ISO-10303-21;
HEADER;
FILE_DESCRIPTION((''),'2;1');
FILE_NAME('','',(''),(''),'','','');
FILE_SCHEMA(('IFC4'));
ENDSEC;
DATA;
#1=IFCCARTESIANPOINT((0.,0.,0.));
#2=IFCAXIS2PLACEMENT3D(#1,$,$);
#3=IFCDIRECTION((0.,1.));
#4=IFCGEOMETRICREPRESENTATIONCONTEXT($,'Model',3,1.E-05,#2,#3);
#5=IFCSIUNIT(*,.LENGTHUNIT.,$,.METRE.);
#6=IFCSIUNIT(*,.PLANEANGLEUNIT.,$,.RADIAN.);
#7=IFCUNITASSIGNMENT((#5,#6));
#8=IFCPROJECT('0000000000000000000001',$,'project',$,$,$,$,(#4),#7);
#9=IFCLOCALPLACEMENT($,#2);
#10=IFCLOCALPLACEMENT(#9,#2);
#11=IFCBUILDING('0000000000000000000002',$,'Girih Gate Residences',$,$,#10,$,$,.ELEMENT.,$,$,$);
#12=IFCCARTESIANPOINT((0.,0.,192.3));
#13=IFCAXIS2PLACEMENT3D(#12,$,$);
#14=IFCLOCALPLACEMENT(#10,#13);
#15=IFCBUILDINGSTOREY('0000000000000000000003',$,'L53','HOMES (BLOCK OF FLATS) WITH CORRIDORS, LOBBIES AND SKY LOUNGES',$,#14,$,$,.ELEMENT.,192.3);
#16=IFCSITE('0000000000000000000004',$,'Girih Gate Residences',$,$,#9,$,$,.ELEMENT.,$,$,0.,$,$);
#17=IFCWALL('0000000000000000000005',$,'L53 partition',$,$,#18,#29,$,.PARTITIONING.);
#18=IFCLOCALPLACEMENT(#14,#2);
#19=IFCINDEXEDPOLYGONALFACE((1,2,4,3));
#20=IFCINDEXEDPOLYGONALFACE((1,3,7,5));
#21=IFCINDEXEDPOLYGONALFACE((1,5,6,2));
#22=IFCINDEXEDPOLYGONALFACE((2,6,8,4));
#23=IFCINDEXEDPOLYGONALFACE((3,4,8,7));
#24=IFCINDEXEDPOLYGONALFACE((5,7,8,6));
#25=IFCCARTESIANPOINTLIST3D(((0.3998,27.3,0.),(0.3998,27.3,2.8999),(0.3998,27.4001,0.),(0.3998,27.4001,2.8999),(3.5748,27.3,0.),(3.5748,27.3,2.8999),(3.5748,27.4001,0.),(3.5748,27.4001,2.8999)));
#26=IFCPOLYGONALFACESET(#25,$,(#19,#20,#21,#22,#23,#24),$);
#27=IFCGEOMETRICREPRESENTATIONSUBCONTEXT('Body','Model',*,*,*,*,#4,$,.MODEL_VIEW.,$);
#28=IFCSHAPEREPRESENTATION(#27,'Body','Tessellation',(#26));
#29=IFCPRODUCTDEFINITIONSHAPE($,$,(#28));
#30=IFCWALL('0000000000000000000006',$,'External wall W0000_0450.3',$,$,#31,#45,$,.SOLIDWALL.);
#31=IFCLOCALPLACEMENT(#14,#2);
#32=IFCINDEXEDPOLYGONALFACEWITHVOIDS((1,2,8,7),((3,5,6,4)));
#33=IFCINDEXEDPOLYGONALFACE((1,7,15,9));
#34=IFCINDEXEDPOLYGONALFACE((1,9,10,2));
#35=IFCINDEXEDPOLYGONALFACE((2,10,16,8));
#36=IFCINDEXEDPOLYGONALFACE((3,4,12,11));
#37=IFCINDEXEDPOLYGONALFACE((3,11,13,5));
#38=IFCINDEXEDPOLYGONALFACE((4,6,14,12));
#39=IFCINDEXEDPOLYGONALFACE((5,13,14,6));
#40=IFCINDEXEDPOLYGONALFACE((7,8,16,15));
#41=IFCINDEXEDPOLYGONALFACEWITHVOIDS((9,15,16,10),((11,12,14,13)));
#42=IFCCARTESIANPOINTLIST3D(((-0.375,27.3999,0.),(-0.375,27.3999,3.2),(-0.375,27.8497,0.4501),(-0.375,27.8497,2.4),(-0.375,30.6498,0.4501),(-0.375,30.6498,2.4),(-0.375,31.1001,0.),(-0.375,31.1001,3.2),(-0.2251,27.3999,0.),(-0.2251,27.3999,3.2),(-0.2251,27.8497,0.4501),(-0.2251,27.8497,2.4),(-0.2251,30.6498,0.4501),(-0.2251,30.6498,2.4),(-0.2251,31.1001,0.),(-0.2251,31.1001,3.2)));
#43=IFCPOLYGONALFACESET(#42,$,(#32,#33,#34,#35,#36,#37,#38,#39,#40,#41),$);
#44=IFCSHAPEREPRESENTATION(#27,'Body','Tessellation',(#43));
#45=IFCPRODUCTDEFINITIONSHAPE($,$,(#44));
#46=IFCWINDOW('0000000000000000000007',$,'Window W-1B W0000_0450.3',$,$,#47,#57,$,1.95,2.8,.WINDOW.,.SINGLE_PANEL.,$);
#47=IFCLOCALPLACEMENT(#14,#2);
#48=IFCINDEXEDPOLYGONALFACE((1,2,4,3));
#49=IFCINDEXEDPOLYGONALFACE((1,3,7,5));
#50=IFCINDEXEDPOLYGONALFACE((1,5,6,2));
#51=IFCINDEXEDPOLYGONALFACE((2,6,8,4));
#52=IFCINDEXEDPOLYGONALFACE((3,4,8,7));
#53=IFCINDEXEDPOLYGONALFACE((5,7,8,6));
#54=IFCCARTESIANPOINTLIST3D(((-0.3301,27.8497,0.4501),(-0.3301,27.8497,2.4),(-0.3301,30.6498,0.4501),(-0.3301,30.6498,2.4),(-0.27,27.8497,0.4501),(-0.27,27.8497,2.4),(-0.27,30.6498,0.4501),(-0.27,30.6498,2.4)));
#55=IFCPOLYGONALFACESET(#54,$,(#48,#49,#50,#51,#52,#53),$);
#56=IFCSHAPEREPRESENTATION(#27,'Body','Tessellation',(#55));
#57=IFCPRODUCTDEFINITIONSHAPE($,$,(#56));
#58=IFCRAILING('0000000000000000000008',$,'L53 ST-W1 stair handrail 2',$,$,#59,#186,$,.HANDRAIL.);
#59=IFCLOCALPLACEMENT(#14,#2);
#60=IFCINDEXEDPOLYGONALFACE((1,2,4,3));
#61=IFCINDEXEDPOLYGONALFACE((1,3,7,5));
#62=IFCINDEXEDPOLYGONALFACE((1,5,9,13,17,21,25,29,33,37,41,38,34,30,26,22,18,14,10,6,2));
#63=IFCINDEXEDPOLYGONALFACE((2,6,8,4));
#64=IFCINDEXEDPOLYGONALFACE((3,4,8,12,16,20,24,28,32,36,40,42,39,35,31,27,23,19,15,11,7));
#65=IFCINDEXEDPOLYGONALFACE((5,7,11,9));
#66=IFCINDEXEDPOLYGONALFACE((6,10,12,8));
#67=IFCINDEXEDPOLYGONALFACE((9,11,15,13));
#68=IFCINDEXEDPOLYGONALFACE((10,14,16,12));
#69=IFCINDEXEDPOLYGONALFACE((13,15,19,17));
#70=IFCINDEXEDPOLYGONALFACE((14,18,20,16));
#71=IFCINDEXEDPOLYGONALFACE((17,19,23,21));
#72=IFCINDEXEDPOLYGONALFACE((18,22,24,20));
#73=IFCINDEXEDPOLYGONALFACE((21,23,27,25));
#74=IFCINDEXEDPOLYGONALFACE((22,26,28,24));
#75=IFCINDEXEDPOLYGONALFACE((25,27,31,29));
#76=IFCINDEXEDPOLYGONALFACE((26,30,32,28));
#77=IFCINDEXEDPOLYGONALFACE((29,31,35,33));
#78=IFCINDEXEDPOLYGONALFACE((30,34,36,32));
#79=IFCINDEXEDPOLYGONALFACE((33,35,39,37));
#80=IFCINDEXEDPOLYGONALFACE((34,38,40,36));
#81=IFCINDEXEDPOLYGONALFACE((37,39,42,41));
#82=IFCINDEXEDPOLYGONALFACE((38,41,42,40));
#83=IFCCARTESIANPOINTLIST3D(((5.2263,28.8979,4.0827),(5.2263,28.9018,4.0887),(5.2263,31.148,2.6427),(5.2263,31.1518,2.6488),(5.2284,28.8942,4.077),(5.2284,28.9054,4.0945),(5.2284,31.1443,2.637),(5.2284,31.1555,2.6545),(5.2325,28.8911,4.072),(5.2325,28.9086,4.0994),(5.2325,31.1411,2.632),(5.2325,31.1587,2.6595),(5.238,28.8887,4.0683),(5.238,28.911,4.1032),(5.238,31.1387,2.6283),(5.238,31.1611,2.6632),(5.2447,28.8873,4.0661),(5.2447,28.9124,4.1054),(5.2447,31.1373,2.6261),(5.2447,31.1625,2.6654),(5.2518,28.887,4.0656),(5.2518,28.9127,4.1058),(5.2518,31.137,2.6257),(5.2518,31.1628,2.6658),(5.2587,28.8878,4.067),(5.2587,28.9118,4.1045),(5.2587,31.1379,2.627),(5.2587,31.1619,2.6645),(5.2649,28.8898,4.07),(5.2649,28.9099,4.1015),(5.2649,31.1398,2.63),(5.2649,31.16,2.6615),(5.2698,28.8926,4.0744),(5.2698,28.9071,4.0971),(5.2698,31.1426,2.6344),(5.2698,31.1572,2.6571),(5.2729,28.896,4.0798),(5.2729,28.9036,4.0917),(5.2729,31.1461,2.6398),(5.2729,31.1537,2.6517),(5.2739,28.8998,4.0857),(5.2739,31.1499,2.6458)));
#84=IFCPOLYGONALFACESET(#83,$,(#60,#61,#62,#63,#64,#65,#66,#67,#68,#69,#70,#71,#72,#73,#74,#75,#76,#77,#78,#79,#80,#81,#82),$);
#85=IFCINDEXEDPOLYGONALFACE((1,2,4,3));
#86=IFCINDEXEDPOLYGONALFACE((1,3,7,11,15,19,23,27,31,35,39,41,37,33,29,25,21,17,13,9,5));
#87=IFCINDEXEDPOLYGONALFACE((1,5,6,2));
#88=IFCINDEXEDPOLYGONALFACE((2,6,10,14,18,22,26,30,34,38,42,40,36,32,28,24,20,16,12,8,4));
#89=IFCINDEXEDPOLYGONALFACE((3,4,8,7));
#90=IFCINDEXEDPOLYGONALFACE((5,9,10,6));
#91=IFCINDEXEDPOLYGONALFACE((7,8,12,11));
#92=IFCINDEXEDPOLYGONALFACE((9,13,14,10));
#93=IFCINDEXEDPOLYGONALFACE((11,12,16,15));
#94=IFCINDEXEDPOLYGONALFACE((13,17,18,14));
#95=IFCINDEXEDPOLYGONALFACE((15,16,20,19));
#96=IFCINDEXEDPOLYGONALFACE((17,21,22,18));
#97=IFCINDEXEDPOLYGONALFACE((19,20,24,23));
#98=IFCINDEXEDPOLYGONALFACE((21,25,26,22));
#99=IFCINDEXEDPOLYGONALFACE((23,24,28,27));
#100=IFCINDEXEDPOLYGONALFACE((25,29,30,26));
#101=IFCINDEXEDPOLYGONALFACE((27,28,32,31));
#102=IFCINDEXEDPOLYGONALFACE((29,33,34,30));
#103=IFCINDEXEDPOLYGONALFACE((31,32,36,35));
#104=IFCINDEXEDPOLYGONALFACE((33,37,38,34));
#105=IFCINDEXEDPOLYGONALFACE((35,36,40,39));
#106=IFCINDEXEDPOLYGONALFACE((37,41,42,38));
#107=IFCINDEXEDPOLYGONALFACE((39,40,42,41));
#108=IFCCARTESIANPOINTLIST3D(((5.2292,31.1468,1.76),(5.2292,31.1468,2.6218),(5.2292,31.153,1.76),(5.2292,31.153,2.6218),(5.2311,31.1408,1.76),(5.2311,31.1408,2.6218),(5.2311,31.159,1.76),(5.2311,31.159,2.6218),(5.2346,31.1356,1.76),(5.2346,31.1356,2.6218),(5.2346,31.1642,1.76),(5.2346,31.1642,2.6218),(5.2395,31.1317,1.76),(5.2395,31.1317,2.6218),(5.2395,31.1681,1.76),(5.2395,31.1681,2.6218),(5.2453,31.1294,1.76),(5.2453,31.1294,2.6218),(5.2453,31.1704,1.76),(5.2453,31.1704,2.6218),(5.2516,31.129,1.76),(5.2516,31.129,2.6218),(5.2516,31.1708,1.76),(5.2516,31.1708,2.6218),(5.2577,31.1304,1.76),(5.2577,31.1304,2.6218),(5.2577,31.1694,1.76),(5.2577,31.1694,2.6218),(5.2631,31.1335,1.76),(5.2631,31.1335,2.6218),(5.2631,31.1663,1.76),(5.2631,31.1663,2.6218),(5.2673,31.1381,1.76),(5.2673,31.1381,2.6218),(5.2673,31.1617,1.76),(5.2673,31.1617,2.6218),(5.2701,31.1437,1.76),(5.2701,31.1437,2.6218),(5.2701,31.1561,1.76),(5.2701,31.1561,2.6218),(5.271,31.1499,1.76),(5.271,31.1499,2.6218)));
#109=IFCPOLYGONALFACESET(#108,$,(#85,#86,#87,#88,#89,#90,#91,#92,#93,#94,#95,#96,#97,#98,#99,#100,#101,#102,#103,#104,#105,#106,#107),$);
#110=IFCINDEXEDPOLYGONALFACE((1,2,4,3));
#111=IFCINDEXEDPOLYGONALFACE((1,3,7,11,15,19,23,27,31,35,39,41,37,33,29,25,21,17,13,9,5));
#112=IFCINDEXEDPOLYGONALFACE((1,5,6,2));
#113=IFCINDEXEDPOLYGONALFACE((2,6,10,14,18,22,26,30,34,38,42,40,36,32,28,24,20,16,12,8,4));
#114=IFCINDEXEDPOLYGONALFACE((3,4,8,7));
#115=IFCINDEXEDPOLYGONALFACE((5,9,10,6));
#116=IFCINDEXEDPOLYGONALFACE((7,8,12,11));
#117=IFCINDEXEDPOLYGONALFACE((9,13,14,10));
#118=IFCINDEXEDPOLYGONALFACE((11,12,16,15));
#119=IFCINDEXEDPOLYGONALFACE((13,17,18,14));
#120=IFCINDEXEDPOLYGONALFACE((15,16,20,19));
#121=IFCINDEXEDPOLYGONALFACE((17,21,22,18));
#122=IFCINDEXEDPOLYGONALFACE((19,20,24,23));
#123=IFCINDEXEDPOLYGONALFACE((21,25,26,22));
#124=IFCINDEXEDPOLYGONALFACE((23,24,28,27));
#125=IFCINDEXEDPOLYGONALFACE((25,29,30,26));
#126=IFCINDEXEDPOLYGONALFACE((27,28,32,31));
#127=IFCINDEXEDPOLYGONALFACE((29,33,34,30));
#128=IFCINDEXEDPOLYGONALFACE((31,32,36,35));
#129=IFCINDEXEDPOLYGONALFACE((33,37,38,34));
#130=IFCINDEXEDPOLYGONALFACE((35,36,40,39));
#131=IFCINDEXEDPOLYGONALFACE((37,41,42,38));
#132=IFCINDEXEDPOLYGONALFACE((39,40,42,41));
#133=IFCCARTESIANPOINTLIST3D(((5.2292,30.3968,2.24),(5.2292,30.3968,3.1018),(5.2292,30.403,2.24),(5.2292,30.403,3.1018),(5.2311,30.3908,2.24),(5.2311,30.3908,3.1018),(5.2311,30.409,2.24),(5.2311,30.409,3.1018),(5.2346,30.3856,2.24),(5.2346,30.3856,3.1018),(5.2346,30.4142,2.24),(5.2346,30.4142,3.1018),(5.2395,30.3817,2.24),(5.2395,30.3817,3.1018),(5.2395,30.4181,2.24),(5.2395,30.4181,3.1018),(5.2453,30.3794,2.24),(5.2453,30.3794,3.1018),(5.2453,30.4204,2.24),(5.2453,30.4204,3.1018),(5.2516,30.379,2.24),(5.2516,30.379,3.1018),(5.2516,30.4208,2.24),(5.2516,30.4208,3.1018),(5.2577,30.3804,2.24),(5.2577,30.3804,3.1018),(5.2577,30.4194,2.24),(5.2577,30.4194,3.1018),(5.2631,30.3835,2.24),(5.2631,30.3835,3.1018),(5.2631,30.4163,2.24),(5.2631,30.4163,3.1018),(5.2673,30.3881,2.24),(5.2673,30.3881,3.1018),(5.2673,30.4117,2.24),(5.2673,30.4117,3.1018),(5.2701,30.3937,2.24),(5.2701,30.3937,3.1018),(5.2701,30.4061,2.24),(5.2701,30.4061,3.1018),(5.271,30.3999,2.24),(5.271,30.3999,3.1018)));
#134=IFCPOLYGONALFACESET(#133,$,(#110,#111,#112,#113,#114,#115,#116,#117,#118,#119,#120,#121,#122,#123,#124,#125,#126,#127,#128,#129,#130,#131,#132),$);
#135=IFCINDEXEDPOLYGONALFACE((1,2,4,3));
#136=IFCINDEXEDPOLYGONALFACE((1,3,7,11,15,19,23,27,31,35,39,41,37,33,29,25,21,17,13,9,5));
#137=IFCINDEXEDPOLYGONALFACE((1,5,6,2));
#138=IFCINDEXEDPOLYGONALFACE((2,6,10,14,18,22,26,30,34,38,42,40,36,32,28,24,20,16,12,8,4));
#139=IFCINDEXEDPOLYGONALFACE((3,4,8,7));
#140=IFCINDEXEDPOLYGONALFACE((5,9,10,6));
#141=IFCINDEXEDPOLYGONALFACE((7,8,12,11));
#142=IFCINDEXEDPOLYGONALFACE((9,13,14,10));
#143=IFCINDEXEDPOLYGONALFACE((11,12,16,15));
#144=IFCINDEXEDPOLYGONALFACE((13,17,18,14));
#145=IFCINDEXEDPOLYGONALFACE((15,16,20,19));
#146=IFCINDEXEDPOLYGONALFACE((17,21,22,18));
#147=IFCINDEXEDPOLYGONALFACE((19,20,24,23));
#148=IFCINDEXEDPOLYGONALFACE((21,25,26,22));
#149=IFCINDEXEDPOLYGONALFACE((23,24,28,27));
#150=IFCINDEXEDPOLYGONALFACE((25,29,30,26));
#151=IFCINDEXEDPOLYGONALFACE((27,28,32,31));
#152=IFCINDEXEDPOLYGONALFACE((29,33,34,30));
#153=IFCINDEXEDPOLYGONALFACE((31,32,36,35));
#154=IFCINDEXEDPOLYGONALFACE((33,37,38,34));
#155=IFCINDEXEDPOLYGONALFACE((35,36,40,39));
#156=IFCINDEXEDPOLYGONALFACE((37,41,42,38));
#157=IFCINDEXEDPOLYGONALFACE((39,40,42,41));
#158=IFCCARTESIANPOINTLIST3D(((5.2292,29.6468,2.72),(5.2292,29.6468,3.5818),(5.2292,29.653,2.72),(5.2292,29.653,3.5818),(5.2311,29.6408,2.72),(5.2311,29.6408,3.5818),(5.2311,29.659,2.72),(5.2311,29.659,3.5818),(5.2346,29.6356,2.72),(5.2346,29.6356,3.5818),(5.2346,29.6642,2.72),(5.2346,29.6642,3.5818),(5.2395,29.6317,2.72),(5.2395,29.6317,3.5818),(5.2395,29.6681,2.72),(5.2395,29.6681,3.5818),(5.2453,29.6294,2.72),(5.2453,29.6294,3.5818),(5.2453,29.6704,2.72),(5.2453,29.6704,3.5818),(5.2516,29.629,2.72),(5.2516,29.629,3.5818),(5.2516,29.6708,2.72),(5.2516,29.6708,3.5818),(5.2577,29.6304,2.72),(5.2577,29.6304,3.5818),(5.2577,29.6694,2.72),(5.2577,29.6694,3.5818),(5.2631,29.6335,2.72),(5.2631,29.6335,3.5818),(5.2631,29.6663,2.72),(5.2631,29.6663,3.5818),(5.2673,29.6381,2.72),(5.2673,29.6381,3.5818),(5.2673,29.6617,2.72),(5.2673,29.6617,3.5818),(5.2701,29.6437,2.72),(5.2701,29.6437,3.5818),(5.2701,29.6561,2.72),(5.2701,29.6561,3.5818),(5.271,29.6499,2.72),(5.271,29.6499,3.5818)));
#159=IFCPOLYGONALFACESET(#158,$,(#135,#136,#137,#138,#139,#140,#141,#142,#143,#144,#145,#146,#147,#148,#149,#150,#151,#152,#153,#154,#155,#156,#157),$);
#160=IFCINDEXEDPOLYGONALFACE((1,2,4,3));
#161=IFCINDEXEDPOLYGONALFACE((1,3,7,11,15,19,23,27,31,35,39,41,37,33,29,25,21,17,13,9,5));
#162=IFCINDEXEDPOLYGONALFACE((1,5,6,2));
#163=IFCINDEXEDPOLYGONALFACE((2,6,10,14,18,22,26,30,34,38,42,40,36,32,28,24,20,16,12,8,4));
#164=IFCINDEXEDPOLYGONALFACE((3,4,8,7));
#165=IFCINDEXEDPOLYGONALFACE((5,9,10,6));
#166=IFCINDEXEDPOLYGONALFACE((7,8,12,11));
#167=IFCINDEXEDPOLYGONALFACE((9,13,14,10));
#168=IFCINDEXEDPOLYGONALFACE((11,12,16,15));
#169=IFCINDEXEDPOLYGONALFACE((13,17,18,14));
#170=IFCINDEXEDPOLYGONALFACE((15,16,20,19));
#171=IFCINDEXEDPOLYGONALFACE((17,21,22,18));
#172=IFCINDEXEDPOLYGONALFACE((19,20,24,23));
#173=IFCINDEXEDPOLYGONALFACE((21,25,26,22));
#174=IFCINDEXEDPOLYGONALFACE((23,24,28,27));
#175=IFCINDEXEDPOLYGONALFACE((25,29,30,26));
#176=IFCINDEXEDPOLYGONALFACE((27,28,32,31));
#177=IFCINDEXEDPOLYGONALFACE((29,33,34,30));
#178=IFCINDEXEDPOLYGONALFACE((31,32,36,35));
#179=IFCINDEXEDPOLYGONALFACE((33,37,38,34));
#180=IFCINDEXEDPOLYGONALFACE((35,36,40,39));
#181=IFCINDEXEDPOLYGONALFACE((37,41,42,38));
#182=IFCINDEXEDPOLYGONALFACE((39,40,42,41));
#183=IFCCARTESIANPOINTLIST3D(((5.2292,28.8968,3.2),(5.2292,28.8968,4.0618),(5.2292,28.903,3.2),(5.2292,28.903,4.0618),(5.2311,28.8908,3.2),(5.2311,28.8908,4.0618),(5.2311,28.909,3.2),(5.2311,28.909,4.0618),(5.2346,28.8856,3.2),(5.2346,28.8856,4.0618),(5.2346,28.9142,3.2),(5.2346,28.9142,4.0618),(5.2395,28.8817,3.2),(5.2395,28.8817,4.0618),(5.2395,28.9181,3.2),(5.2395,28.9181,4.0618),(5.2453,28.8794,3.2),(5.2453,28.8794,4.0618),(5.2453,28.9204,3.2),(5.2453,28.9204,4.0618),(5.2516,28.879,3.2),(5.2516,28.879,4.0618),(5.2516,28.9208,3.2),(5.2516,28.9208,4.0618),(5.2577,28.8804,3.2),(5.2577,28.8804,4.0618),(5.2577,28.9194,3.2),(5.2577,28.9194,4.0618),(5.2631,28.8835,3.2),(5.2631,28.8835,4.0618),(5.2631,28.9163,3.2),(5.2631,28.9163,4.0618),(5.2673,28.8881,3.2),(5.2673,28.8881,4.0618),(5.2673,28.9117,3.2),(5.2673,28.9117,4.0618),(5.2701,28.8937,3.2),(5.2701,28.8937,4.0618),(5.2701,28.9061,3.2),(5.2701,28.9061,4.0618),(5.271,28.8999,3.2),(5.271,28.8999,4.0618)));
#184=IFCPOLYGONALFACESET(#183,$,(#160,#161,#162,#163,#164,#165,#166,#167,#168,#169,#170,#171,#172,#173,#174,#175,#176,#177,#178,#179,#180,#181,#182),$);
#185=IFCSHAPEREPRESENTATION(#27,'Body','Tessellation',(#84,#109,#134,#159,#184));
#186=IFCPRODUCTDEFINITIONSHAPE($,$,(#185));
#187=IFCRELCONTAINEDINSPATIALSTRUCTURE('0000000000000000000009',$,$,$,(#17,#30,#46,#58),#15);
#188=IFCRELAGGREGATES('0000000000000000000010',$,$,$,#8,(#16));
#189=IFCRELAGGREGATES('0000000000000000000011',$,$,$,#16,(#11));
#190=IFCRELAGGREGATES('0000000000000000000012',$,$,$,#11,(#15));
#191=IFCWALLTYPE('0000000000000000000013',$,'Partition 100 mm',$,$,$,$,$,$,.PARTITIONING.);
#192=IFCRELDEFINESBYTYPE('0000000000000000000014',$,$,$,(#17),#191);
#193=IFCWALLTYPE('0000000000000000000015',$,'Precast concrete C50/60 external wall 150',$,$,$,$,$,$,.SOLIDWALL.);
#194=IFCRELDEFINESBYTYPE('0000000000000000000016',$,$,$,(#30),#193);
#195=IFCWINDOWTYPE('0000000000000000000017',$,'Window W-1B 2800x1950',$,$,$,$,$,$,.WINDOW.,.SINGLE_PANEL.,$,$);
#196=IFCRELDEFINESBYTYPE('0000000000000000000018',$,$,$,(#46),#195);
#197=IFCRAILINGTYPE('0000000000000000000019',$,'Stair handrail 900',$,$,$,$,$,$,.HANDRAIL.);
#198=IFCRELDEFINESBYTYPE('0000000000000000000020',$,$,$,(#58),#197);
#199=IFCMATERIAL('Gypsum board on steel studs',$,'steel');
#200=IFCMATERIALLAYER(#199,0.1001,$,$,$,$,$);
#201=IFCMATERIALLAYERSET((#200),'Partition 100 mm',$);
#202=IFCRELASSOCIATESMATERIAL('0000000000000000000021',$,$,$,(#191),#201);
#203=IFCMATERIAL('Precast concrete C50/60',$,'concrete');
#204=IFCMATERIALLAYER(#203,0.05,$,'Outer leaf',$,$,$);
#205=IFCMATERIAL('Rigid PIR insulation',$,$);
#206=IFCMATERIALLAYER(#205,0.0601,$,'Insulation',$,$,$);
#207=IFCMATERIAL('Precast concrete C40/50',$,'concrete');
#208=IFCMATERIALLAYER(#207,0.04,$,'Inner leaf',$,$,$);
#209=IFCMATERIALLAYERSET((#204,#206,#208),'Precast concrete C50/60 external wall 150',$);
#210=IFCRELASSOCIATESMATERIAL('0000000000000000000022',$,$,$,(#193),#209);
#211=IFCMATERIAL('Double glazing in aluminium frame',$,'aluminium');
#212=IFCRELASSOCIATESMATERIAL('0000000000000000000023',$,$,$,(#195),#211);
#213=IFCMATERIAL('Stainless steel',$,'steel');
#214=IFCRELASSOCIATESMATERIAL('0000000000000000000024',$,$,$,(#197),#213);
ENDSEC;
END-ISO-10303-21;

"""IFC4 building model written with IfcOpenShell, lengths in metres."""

from ifc_helpers import new_model, si_unit, direction, frame, frame_2d, origin, origin_2d, place, context, subcontext, project, spatial, rectangle, circle, extrude, material, layer, layer_set, type_object, element, fill, save


model = new_model("IFC4")

# Units and contexts
model_context = context("Model", 3, precision=1e-05, world=origin(), true_north=direction((0.0, 1.0)))
body_context = subcontext(model_context, "Body", "Model", "MODEL_VIEW")
ifc_project = project(units=[si_unit("LENGTHUNIT", "METRE"), si_unit("PLANEANGLEUNIT", "RADIAN")], contexts=[model_context])

# Site, building, storey
site_placement = place(None, origin())
site = spatial("IfcSite", under=ifc_project, at=site_placement, Name="Girih Gate Residences", CompositionType="ELEMENT", RefElevation=0.0)
building_placement = place(site_placement, origin())
building = spatial("IfcBuilding", under=site, at=building_placement, Name="Girih Gate Residences", CompositionType="ELEMENT")
storey_placement = place(building_placement, frame((0.0, 0.0, 192.3)))
storey = spatial("IfcBuildingStorey", under=building, at=storey_placement, Name="L53", Description="HOMES (BLOCK OF FLATS) WITH CORRIDORS, LOBBIES AND SKY LOUNGES", CompositionType="ELEMENT", Elevation=192.3)

# Shared definitions
ifc_material_1 = material(Name="Gypsum board on steel studs", Category="steel")

# Wall
ifc_layer_1 = layer(ifc_material_1, 0.1001)
ifc_layer_set_1 = layer_set([ifc_layer_1], Name="Partition 100 mm")
wall_type_1 = type_object("IfcWallType", Name="Partition 100 mm", PredefinedType="PARTITIONING", material=ifc_layer_set_1)
wall_1_placement = place(storey_placement, frame((0.3999, 27.3501, 0.0), z_axis=(0.0, 0.0, 1.0), x_axis=(1.0, 0.0, 0.0)))
element("IfcWall", 1, at=wall_1_placement, inside=storey, type_object=wall_type_1, Name="L53 partition", PredefinedType="PARTITIONING", context=body_context, shape_type="SweptSolid", body=[
    extrude(rectangle(XDim=3.175, YDim=0.1001, at=frame_2d((1.5874, 0.0))), origin(), (0.0, 0.0, 1.0), 2.8999),
])

# Wall, opening, window
ifc_material_2 = material(Name="Precast concrete C50/60", Category="concrete")
ifc_layer_2 = layer(ifc_material_2, 0.05, Name="Outer leaf")
ifc_material_3 = material(Name="Rigid PIR insulation")
ifc_layer_3 = layer(ifc_material_3, 0.0601, Name="Insulation")
ifc_material_4 = material(Name="Precast concrete C40/50", Category="concrete")
ifc_layer_4 = layer(ifc_material_4, 0.04, Name="Inner leaf")
ifc_layer_set_2 = layer_set([ifc_layer_2, ifc_layer_3, ifc_layer_4], Name="Precast concrete C50/60 external wall 150")
wall_type_2 = type_object("IfcWallType", Name="Precast concrete C50/60 external wall 150", PredefinedType="SOLIDWALL", material=ifc_layer_set_2)
wall_2_placement = place(storey_placement, frame((-0.3, 27.3999, 0.0), z_axis=(0.0, 0.0, 1.0), x_axis=(0.0, 1.0, 0.0)))
wall_2 = element("IfcWall", 2, at=wall_2_placement, inside=storey, type_object=wall_type_2, Name="External wall W0000_0450.3", PredefinedType="SOLIDWALL", context=body_context, shape_type="SweptSolid", body=[
    extrude(rectangle(XDim=3.7002, YDim=0.1499, at=frame_2d((1.8501, 0.0))), origin(), (0.0, 0.0, 1.0), 3.2),
])
opening_1_placement = place(wall_2_placement, frame((0.45, 0.0, 0.45)))
opening_1 = element("IfcOpeningElement", 3, at=opening_1_placement, cuts=wall_2, PredefinedType="OPENING", context=body_context, shape_type="SweptSolid", body=[
    extrude(rectangle(XDim=2.8, YDim=1.95, at=frame_2d((1.3999, 0.9751))), frame((0.0, 0.085, 0.0), z_axis=(0.0, -1.0, 0.0), x_axis=(1.0, 0.0, 0.0)), (0.0, 0.0, 1.0), 0.1699),
])
ifc_material_5 = material(Name="Double glazing in aluminium frame", Category="aluminium")
window_type = type_object("IfcWindowType", Name="Window W-1B 2800x1950", PartitioningType="SINGLE_PANEL", PredefinedType="WINDOW", material=ifc_material_5)
window_placement = place(opening_1_placement, origin())
window = element("IfcWindow", 4, at=window_placement, inside=storey, type_object=window_type, Name="Window W-1B W0000_0450.3", OverallHeight=1.95, OverallWidth=2.8, PartitioningType="SINGLE_PANEL", PredefinedType="WINDOW", context=body_context, shape_type="SweptSolid", body=[
    extrude(rectangle(XDim=2.8, YDim=1.95, at=frame_2d((1.3999, 0.9751))), frame((0.0, 0.03, 0.0), z_axis=(0.0, -1.0, 0.0), x_axis=(1.0, 0.0, 0.0)), (0.0, 0.0, 1.0), 0.0601),
])
fill(opening_1, window)

# Railing
ifc_material_6 = material(Name="Stainless steel", Category="steel")
railing_type = type_object("IfcRailingType", Name="Stair handrail 900", PredefinedType="HANDRAIL", material=ifc_material_6)
railing_placement = place(storey_placement, frame((5.25, 31.1499, 1.76)))
element("IfcRailing", 5, at=railing_placement, inside=storey, type_object=railing_type, Name="L53 ST-W1 stair handrail 2", PredefinedType="HANDRAIL", context=body_context, shape_type="SweptSolid", body=[
    extrude(circle(Radius=0.0239, at=origin_2d()), frame((0.0, 0.0, 0.8857), z_axis=(0.0, -0.842281, 0.539038), x_axis=(1.0, 0.0, 0.0)), (0.0, 0.0, 1.0), 2.6714),
    extrude(circle(Radius=0.021, at=origin_2d()), origin(), (0.0, 0.0, 1.0), 0.8618),
    extrude(circle(Radius=0.021, at=origin_2d()), frame((0.0, -0.75, 0.48)), (0.0, 0.0, 1.0), 0.8618),
    extrude(circle(Radius=0.021, at=origin_2d()), frame((0.0, -1.5, 0.96)), (0.0, 0.0, 1.0), 0.8618),
    extrude(circle(Radius=0.021, at=origin_2d()), frame((0.0, -2.25, 1.4399)), (0.0, 0.0, 1.0), 0.8618),
])

save(model, "model.ifc")
